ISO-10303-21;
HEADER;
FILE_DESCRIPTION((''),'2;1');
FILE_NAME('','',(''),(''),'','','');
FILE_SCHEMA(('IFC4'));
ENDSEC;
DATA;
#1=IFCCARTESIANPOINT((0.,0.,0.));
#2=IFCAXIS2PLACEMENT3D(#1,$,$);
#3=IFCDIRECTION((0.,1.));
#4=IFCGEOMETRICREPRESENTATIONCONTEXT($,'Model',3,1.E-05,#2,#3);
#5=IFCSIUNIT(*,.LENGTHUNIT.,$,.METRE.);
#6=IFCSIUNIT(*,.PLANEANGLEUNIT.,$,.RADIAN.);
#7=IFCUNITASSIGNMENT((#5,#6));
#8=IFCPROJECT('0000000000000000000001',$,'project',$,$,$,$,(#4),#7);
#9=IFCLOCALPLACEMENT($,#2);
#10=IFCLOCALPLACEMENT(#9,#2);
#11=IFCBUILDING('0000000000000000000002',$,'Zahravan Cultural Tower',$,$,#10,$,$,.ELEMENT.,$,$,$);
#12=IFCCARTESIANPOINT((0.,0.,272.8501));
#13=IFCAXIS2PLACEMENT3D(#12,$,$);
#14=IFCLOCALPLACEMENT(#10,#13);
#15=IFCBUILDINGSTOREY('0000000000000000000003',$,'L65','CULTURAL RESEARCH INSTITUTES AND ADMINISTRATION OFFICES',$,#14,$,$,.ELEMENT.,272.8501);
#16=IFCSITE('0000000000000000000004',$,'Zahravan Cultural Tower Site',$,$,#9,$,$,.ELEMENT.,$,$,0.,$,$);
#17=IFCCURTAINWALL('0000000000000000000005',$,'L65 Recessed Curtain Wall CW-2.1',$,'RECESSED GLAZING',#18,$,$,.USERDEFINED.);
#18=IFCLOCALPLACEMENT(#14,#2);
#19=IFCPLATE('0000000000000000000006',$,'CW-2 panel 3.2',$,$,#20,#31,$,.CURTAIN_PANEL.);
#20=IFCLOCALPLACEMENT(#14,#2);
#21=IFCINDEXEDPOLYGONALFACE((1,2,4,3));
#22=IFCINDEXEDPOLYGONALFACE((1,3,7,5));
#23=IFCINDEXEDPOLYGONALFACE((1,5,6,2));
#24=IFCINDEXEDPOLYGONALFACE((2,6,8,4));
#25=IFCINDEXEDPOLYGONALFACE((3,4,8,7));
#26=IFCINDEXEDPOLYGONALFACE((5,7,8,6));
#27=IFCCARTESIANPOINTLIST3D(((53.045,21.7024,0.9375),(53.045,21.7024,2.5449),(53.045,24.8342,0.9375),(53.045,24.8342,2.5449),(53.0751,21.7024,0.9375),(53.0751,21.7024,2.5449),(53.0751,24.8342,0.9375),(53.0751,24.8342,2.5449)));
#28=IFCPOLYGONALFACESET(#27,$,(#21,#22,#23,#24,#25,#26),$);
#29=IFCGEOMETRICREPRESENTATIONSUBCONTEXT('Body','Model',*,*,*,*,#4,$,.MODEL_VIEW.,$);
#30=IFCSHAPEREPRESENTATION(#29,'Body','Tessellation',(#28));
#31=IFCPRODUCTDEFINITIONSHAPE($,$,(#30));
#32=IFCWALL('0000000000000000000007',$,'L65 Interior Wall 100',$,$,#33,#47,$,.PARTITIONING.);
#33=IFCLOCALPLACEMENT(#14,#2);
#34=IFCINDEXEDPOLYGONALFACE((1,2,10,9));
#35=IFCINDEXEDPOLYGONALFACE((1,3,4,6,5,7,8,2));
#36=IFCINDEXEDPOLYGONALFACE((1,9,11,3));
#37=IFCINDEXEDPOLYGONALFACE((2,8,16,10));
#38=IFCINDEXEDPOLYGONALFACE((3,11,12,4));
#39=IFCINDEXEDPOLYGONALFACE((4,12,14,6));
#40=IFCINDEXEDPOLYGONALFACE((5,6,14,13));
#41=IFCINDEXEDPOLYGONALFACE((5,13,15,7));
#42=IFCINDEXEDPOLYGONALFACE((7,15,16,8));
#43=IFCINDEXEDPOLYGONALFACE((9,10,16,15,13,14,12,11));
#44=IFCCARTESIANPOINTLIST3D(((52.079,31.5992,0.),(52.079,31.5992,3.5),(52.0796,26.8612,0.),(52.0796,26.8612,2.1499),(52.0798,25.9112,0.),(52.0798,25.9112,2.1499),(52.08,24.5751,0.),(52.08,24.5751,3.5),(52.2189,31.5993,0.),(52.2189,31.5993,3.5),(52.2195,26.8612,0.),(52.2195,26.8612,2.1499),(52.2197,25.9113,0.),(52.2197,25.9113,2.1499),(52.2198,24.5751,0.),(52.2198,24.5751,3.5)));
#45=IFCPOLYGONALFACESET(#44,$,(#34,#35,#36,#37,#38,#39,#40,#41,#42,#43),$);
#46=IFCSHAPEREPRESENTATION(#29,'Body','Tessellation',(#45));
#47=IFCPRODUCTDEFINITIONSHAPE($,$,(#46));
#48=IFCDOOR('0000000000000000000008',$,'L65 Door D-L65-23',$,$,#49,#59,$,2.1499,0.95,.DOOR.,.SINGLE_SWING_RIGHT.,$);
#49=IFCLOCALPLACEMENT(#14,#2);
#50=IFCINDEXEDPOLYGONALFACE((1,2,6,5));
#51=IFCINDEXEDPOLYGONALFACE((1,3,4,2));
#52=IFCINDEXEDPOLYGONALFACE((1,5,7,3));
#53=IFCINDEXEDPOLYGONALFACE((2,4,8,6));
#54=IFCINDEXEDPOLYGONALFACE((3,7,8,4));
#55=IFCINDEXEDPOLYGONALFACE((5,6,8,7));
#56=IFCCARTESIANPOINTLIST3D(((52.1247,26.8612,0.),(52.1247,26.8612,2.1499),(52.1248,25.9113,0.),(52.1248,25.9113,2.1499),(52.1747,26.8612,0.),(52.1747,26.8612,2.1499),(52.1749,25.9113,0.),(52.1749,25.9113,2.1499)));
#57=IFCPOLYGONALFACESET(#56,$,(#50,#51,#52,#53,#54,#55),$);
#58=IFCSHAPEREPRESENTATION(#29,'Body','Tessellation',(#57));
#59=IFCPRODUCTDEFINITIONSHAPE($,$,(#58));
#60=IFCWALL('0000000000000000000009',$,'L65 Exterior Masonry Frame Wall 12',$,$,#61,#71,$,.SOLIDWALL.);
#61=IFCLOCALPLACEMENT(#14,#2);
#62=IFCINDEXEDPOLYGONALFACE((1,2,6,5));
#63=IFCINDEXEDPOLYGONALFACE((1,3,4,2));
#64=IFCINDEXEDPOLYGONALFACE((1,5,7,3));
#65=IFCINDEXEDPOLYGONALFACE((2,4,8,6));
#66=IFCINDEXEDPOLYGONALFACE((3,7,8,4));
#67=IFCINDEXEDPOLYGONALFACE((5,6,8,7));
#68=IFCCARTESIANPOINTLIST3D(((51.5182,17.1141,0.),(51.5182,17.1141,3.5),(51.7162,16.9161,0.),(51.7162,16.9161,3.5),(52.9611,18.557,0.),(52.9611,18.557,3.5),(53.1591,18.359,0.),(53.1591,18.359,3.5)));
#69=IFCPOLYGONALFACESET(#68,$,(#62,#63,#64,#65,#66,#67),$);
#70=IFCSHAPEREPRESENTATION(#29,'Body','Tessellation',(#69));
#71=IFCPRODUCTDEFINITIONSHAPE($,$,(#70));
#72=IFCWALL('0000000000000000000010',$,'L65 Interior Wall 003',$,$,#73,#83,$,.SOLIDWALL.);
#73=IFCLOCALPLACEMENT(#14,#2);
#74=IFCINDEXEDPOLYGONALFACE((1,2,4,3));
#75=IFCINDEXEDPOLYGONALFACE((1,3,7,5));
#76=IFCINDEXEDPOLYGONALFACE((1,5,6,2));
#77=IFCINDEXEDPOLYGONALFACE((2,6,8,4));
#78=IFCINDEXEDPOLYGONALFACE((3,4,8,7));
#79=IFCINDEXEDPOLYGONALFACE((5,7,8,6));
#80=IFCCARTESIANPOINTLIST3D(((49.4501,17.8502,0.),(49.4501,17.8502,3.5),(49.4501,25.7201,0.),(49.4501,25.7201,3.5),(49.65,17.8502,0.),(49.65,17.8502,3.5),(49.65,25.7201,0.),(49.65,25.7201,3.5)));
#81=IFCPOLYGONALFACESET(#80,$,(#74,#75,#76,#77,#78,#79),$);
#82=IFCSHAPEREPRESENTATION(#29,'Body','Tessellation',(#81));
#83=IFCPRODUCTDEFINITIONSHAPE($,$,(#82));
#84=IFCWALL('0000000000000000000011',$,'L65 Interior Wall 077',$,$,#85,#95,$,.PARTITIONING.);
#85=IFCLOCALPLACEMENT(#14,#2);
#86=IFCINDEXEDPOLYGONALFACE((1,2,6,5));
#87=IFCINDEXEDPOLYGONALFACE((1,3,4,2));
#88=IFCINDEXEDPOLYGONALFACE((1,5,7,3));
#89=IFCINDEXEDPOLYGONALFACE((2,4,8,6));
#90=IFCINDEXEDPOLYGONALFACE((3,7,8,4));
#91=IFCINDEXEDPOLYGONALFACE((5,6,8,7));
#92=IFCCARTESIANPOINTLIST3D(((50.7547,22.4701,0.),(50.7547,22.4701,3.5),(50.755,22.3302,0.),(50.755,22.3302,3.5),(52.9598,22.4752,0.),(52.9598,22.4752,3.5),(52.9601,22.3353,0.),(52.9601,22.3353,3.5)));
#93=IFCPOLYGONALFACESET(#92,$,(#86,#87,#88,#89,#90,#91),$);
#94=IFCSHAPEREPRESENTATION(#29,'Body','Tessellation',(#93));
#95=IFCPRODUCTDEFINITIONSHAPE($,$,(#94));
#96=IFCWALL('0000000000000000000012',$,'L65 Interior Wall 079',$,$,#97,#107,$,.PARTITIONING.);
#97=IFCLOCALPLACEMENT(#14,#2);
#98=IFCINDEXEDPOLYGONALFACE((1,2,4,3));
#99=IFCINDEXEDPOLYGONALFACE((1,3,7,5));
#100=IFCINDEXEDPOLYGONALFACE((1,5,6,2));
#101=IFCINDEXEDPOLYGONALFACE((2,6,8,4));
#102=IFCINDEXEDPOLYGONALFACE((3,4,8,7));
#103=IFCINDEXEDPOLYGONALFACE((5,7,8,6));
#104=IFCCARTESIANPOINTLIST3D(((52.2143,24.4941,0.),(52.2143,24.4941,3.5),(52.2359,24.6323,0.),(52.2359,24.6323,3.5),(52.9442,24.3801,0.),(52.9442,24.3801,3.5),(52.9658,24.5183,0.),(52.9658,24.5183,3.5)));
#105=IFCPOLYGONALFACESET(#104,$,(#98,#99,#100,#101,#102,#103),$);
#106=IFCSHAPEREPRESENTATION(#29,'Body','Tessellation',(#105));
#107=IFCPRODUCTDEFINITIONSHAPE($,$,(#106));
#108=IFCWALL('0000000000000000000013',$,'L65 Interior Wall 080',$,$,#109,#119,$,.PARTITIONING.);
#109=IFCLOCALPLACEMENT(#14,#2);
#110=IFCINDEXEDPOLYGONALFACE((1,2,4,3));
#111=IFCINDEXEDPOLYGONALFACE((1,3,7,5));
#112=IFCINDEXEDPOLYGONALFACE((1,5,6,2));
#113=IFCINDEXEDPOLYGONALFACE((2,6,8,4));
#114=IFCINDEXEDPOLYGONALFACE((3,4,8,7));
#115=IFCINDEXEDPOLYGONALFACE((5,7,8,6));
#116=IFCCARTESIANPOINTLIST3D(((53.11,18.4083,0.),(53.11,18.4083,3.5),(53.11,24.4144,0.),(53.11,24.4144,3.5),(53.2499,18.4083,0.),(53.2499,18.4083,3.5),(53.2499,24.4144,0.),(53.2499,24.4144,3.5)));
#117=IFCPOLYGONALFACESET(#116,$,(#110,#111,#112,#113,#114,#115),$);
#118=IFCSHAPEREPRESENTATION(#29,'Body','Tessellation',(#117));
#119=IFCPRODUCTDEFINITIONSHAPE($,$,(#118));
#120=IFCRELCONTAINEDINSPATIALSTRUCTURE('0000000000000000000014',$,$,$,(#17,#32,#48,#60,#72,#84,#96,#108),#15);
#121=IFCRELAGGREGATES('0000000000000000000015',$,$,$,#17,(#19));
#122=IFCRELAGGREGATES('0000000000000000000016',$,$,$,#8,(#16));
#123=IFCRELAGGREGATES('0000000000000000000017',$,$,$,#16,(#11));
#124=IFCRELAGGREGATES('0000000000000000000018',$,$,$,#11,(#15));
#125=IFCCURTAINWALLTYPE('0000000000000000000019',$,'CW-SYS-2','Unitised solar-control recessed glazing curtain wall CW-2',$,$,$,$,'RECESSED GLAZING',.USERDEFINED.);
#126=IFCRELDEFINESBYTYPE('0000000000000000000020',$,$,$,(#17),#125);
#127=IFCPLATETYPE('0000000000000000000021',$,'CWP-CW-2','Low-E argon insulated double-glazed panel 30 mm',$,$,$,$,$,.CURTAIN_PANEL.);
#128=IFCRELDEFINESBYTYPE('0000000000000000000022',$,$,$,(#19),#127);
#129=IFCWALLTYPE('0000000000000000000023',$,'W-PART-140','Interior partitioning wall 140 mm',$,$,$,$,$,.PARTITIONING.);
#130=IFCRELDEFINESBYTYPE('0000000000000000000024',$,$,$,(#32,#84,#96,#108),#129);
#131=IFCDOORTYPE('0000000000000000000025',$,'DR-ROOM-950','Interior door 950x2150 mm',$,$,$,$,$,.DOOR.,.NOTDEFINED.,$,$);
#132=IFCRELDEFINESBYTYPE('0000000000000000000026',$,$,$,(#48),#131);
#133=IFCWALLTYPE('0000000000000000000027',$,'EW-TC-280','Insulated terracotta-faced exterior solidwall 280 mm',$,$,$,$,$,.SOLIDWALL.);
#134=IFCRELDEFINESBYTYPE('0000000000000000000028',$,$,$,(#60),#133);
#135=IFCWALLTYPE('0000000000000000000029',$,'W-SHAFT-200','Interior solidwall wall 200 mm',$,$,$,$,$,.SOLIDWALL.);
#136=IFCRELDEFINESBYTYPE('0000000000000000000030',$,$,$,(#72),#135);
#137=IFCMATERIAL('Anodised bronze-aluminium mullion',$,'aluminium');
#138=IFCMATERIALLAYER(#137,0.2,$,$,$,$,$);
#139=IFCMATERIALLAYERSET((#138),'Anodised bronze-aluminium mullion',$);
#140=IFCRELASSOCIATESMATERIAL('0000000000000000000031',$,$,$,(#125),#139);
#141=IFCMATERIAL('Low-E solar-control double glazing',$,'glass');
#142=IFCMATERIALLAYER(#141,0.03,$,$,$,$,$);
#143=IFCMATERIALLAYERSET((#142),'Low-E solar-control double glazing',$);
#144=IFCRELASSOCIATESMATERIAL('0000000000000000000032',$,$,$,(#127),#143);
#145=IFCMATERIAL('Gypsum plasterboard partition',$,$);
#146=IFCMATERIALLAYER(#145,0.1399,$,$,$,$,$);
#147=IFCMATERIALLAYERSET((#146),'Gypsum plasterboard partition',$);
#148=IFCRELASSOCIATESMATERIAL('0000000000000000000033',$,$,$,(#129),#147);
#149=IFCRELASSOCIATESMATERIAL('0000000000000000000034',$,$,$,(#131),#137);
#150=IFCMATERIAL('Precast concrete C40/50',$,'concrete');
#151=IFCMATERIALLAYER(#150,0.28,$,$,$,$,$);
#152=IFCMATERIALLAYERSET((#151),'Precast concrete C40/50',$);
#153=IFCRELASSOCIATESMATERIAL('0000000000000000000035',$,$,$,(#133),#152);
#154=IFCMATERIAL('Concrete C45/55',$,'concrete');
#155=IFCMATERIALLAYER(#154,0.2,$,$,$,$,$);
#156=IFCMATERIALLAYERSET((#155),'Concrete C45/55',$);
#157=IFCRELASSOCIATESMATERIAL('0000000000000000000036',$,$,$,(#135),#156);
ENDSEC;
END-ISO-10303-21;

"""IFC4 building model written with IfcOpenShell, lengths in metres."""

from ifc_helpers import new_model, si_unit, direction, frame, frame_2d, origin, origin_2d, place, context, subcontext, project, spatial, rectangle, extrude, source, transform, mapped, material, layer, layer_set, type_object, element, fill, aggregate, save


model = new_model("IFC4")

# Units and contexts
model_context = context("Model", 3, precision=1e-05, world=origin(), true_north=direction((0.0, 1.0)))
body_context = subcontext(model_context, "Body", "Model", "MODEL_VIEW")
ifc_project = project(units=[si_unit("LENGTHUNIT", "METRE"), si_unit("PLANEANGLEUNIT", "RADIAN")], contexts=[model_context])

# Site, building, storey
site_placement = place(None, origin())
site = spatial("IfcSite", under=ifc_project, at=site_placement, Name="Zahravan Cultural Tower Site", CompositionType="ELEMENT", RefElevation=0.0)
building_placement = place(site_placement, origin())
building = spatial("IfcBuilding", under=site, at=building_placement, Name="Zahravan Cultural Tower", CompositionType="ELEMENT")
storey_placement = place(building_placement, frame((0.0, 0.0, 272.8501)))
storey = spatial("IfcBuildingStorey", under=building, at=storey_placement, Name="L65", Description="CULTURAL RESEARCH INSTITUTES AND ADMINISTRATION OFFICES", CompositionType="ELEMENT", Elevation=272.8501)

# Curtain wall, plate
ifc_material_1 = material(Name="Anodised bronze-aluminium mullion", Category="aluminium")
ifc_layer_1 = layer(ifc_material_1, 0.2)
ifc_layer_set_1 = layer_set([ifc_layer_1], Name="Anodised bronze-aluminium mullion")
curtain_wall_type = type_object("IfcCurtainWallType", Name="CW-SYS-2", Description="Unitised solar-control recessed glazing curtain wall CW-2", ElementType="RECESSED GLAZING", PredefinedType="USERDEFINED", material=ifc_layer_set_1)
curtain_wall_placement = place(storey_placement, origin())
curtain_wall = element("IfcCurtainWall", 1, at=curtain_wall_placement, inside=storey, type_object=curtain_wall_type, Name="L65 Recessed Curtain Wall CW-2.1", ObjectType="RECESSED GLAZING", PredefinedType="USERDEFINED")
ifc_material_2 = material(Name="Low-E solar-control double glazing", Category="glass")
ifc_layer_2 = layer(ifc_material_2, 0.03)
ifc_layer_set_2 = layer_set([ifc_layer_2], Name="Low-E solar-control double glazing")
plate_type = type_object("IfcPlateType", Name="CWP-CW-2", Description="Low-E argon insulated double-glazed panel 30 mm", PredefinedType="CURTAIN_PANEL", material=ifc_layer_set_2)
shared_shape_1 = source(origin(), body_context, "Body", "SweptSolid", [
    extrude(rectangle(XDim=3.1318, YDim=0.03, at=origin_2d()), origin(), (0.0, 0.0, 1.0), 1.6074),
])
plate_1_placement = place(storey_placement, frame((53.0601, 23.2683, 0.9375), z_axis=(0.0, 0.0, 1.0), x_axis=(0.0, -1.0, 0.0)))
plate_1 = element("IfcPlate", 2, at=plate_1_placement, type_object=plate_type, Name="CW-2 panel 3.2", PredefinedType="CURTAIN_PANEL", context=body_context, shape_type="MappedRepresentation", body=[
    mapped(shared_shape_1, transform((0.0, 0.0, 0.0), x_axis=(1.0, 0.0, 0.0), y_axis=(0.0, 1.0, 0.0), z_axis=(0.0, 0.0, 1.0), scale=1.0)),
])
aggregate(curtain_wall, [plate_1])

# Wall, opening, door
ifc_material_3 = material(Name="Gypsum plasterboard partition")
ifc_layer_3 = layer(ifc_material_3, 0.1399)
ifc_layer_set_3 = layer_set([ifc_layer_3], Name="Gypsum plasterboard partition")
wall_type_1 = type_object("IfcWallType", Name="W-PART-140", Description="Interior partitioning wall 140 mm", PredefinedType="PARTITIONING", material=ifc_layer_set_3)
door_type = type_object("IfcDoorType", Name="DR-ROOM-950", Description="Interior door 950x2150 mm", OperationType="NOTDEFINED", PredefinedType="DOOR", material=ifc_material_1)
shared_shape_2 = source(origin(), body_context, "Body", "SweptSolid", [
    extrude(rectangle(XDim=0.95, YDim=2.1499, at=frame_2d((0.4751, 1.075))), frame((0.0, 0.0249, 0.0), z_axis=(0.0, -1.0, 0.0), x_axis=(1.0, 0.0, 0.0)), (0.0, 0.0, 1.0), 0.05),
])
wall_1_placement = place(storey_placement, frame((52.1499, 24.575, 0.0), z_axis=(0.0, 0.0, 1.0), x_axis=(-0.000139, 1.0, 0.0)))
wall_1 = element("IfcWall", 3, at=wall_1_placement, inside=storey, type_object=wall_type_1, Name="L65 Interior Wall 100", PredefinedType="PARTITIONING", context=body_context, shape_type="SweptSolid", body=[
    extrude(rectangle(XDim=7.0242, YDim=0.1399, at=frame_2d((3.5122, 0.0))), origin(), (0.0, 0.0, 1.0), 3.5),
])
opening_1_placement = place(wall_1_placement, frame((1.3362, 0.0, 0.0)))
opening_1 = element("IfcOpeningElement", 4, at=opening_1_placement, cuts=wall_1, PredefinedType="OPENING", context=body_context, shape_type="SweptSolid", body=[
    extrude(rectangle(XDim=0.95, YDim=2.1499, at=frame_2d((0.4751, 1.075))), frame((0.0, 0.0798, 0.0), z_axis=(0.0, -1.0, 0.0), x_axis=(1.0, 0.0, 0.0)), (0.0, 0.0, 1.0), 0.1599),
])
door_1_placement = place(opening_1_placement, origin())
door_1 = element("IfcDoor", 5, at=door_1_placement, inside=storey, type_object=door_type, Name="L65 Door D-L65-23", OperationType="SINGLE_SWING_RIGHT", OverallHeight=2.1499, OverallWidth=0.95, PredefinedType="DOOR", context=body_context, shape_type="MappedRepresentation", body=[
    mapped(shared_shape_2, transform((0.0, 0.0, 0.0), x_axis=(1.0, 0.0, 0.0), y_axis=(0.0, 1.0, 0.0), z_axis=(0.0, 0.0, 1.0), scale=1.0)),
])
fill(opening_1, door_1)

# Walls
ifc_material_4 = material(Name="Precast concrete C40/50", Category="concrete")
ifc_layer_4 = layer(ifc_material_4, 0.28)
ifc_layer_set_4 = layer_set([ifc_layer_4], Name="Precast concrete C40/50")
wall_type_2 = type_object("IfcWallType", Name="EW-TC-280", Description="Insulated terracotta-faced exterior solidwall 280 mm", PredefinedType="SOLIDWALL", material=ifc_layer_set_4)
shared_shape_3 = source(origin(), body_context, "Body", "SweptSolid", [
    extrude(rectangle(XDim=2.0405, YDim=0.28, at=frame_2d((1.0203, 0.0))), origin(), (0.0, 0.0, 1.0), 3.5),
])
wall_2_placement = place(storey_placement, frame((53.0601, 18.458, 0.0), z_axis=(0.0, 0.0, 1.0), x_axis=(-0.707107, -0.707107, 0.0)))
element("IfcWall", 6, at=wall_2_placement, inside=storey, type_object=wall_type_2, Name="L65 Exterior Masonry Frame Wall 12", PredefinedType="SOLIDWALL", context=body_context, shape_type="MappedRepresentation", body=[
    mapped(shared_shape_3, transform((0.0, 0.0, 0.0), x_axis=(1.0, 0.0, 0.0), y_axis=(0.0, 1.0, 0.0), z_axis=(0.0, 0.0, 1.0), scale=1.0)),
])
ifc_material_5 = material(Name="Concrete C45/55", Category="concrete")
ifc_layer_5 = layer(ifc_material_5, 0.2)
ifc_layer_set_5 = layer_set([ifc_layer_5], Name="Concrete C45/55")
wall_type_3 = type_object("IfcWallType", Name="W-SHAFT-200", Description="Interior solidwall wall 200 mm", PredefinedType="SOLIDWALL", material=ifc_layer_set_5)
shared_shape_4 = source(origin(), body_context, "Body", "SweptSolid", [
    extrude(rectangle(XDim=7.8699, YDim=0.2, at=frame_2d((3.9351, 0.0))), origin(), (0.0, 0.0, 1.0), 3.5),
])
wall_3_placement = place(storey_placement, frame((49.55, 17.8501, 0.0), z_axis=(0.0, 0.0, 1.0), x_axis=(0.0, 1.0, 0.0)))
element("IfcWall", 7, at=wall_3_placement, inside=storey, type_object=wall_type_3, Name="L65 Interior Wall 003", PredefinedType="SOLIDWALL", context=body_context, shape_type="MappedRepresentation", body=[
    mapped(shared_shape_4, transform((0.0, 0.0, 0.0), x_axis=(1.0, 0.0, 0.0), y_axis=(0.0, 1.0, 0.0), z_axis=(0.0, 0.0, 1.0), scale=1.0)),
])
shared_shape_5 = source(origin(), body_context, "Body", "SweptSolid", [
    extrude(rectangle(XDim=2.2051, YDim=0.1399, at=frame_2d((1.1025, 0.0))), origin(), (0.0, 0.0, 1.0), 3.5),
])
wall_4_placement = place(storey_placement, frame((50.7549, 22.4001, 0.0), z_axis=(0.0, 0.0, 1.0), x_axis=(0.999997, 0.002325, 0.0)))
element("IfcWall", 8, at=wall_4_placement, inside=storey, type_object=wall_type_1, Name="L65 Interior Wall 077", PredefinedType="PARTITIONING", context=body_context, shape_type="MappedRepresentation", body=[
    mapped(shared_shape_5, transform((0.0, 0.0, 0.0), x_axis=(1.0, 0.0, 0.0), y_axis=(0.0, 1.0, 0.0), z_axis=(0.0, 0.0, 1.0), scale=1.0)),
])
shared_shape_6 = source(origin(), body_context, "Body", "SweptSolid", [
    extrude(rectangle(XDim=0.7388, YDim=0.1399, at=frame_2d((0.3694, 0.0))), origin(), (0.0, 0.0, 1.0), 3.5),
])
wall_5_placement = place(storey_placement, frame((52.2251, 24.5632, 0.0), z_axis=(0.0, 0.0, 1.0), x_axis=(0.988021, -0.154316, 0.0)))
element("IfcWall", 9, at=wall_5_placement, inside=storey, type_object=wall_type_1, Name="L65 Interior Wall 079", PredefinedType="PARTITIONING", context=body_context, shape_type="MappedRepresentation", body=[
    mapped(shared_shape_6, transform((0.0, 0.0, 0.0), x_axis=(1.0, 0.0, 0.0), y_axis=(0.0, 1.0, 0.0), z_axis=(0.0, 0.0, 1.0), scale=1.0)),
])
shared_shape_7 = source(origin(), body_context, "Body", "SweptSolid", [
    extrude(rectangle(XDim=6.0061, YDim=0.1399, at=frame_2d((3.0029, 0.0))), origin(), (0.0, 0.0, 1.0), 3.5),
])
wall_6_placement = place(storey_placement, frame((53.1799, 24.4143, 0.0), z_axis=(0.0, 0.0, 1.0), x_axis=(0.0, -1.0, 0.0)))
element("IfcWall", 10, at=wall_6_placement, inside=storey, type_object=wall_type_1, Name="L65 Interior Wall 080", PredefinedType="PARTITIONING", context=body_context, shape_type="MappedRepresentation", body=[
    mapped(shared_shape_7, transform((0.0, 0.0, 0.0), x_axis=(1.0, 0.0, 0.0), y_axis=(0.0, 1.0, 0.0), z_axis=(0.0, 0.0, 1.0), scale=1.0)),
])

save(model, "model.ifc")
